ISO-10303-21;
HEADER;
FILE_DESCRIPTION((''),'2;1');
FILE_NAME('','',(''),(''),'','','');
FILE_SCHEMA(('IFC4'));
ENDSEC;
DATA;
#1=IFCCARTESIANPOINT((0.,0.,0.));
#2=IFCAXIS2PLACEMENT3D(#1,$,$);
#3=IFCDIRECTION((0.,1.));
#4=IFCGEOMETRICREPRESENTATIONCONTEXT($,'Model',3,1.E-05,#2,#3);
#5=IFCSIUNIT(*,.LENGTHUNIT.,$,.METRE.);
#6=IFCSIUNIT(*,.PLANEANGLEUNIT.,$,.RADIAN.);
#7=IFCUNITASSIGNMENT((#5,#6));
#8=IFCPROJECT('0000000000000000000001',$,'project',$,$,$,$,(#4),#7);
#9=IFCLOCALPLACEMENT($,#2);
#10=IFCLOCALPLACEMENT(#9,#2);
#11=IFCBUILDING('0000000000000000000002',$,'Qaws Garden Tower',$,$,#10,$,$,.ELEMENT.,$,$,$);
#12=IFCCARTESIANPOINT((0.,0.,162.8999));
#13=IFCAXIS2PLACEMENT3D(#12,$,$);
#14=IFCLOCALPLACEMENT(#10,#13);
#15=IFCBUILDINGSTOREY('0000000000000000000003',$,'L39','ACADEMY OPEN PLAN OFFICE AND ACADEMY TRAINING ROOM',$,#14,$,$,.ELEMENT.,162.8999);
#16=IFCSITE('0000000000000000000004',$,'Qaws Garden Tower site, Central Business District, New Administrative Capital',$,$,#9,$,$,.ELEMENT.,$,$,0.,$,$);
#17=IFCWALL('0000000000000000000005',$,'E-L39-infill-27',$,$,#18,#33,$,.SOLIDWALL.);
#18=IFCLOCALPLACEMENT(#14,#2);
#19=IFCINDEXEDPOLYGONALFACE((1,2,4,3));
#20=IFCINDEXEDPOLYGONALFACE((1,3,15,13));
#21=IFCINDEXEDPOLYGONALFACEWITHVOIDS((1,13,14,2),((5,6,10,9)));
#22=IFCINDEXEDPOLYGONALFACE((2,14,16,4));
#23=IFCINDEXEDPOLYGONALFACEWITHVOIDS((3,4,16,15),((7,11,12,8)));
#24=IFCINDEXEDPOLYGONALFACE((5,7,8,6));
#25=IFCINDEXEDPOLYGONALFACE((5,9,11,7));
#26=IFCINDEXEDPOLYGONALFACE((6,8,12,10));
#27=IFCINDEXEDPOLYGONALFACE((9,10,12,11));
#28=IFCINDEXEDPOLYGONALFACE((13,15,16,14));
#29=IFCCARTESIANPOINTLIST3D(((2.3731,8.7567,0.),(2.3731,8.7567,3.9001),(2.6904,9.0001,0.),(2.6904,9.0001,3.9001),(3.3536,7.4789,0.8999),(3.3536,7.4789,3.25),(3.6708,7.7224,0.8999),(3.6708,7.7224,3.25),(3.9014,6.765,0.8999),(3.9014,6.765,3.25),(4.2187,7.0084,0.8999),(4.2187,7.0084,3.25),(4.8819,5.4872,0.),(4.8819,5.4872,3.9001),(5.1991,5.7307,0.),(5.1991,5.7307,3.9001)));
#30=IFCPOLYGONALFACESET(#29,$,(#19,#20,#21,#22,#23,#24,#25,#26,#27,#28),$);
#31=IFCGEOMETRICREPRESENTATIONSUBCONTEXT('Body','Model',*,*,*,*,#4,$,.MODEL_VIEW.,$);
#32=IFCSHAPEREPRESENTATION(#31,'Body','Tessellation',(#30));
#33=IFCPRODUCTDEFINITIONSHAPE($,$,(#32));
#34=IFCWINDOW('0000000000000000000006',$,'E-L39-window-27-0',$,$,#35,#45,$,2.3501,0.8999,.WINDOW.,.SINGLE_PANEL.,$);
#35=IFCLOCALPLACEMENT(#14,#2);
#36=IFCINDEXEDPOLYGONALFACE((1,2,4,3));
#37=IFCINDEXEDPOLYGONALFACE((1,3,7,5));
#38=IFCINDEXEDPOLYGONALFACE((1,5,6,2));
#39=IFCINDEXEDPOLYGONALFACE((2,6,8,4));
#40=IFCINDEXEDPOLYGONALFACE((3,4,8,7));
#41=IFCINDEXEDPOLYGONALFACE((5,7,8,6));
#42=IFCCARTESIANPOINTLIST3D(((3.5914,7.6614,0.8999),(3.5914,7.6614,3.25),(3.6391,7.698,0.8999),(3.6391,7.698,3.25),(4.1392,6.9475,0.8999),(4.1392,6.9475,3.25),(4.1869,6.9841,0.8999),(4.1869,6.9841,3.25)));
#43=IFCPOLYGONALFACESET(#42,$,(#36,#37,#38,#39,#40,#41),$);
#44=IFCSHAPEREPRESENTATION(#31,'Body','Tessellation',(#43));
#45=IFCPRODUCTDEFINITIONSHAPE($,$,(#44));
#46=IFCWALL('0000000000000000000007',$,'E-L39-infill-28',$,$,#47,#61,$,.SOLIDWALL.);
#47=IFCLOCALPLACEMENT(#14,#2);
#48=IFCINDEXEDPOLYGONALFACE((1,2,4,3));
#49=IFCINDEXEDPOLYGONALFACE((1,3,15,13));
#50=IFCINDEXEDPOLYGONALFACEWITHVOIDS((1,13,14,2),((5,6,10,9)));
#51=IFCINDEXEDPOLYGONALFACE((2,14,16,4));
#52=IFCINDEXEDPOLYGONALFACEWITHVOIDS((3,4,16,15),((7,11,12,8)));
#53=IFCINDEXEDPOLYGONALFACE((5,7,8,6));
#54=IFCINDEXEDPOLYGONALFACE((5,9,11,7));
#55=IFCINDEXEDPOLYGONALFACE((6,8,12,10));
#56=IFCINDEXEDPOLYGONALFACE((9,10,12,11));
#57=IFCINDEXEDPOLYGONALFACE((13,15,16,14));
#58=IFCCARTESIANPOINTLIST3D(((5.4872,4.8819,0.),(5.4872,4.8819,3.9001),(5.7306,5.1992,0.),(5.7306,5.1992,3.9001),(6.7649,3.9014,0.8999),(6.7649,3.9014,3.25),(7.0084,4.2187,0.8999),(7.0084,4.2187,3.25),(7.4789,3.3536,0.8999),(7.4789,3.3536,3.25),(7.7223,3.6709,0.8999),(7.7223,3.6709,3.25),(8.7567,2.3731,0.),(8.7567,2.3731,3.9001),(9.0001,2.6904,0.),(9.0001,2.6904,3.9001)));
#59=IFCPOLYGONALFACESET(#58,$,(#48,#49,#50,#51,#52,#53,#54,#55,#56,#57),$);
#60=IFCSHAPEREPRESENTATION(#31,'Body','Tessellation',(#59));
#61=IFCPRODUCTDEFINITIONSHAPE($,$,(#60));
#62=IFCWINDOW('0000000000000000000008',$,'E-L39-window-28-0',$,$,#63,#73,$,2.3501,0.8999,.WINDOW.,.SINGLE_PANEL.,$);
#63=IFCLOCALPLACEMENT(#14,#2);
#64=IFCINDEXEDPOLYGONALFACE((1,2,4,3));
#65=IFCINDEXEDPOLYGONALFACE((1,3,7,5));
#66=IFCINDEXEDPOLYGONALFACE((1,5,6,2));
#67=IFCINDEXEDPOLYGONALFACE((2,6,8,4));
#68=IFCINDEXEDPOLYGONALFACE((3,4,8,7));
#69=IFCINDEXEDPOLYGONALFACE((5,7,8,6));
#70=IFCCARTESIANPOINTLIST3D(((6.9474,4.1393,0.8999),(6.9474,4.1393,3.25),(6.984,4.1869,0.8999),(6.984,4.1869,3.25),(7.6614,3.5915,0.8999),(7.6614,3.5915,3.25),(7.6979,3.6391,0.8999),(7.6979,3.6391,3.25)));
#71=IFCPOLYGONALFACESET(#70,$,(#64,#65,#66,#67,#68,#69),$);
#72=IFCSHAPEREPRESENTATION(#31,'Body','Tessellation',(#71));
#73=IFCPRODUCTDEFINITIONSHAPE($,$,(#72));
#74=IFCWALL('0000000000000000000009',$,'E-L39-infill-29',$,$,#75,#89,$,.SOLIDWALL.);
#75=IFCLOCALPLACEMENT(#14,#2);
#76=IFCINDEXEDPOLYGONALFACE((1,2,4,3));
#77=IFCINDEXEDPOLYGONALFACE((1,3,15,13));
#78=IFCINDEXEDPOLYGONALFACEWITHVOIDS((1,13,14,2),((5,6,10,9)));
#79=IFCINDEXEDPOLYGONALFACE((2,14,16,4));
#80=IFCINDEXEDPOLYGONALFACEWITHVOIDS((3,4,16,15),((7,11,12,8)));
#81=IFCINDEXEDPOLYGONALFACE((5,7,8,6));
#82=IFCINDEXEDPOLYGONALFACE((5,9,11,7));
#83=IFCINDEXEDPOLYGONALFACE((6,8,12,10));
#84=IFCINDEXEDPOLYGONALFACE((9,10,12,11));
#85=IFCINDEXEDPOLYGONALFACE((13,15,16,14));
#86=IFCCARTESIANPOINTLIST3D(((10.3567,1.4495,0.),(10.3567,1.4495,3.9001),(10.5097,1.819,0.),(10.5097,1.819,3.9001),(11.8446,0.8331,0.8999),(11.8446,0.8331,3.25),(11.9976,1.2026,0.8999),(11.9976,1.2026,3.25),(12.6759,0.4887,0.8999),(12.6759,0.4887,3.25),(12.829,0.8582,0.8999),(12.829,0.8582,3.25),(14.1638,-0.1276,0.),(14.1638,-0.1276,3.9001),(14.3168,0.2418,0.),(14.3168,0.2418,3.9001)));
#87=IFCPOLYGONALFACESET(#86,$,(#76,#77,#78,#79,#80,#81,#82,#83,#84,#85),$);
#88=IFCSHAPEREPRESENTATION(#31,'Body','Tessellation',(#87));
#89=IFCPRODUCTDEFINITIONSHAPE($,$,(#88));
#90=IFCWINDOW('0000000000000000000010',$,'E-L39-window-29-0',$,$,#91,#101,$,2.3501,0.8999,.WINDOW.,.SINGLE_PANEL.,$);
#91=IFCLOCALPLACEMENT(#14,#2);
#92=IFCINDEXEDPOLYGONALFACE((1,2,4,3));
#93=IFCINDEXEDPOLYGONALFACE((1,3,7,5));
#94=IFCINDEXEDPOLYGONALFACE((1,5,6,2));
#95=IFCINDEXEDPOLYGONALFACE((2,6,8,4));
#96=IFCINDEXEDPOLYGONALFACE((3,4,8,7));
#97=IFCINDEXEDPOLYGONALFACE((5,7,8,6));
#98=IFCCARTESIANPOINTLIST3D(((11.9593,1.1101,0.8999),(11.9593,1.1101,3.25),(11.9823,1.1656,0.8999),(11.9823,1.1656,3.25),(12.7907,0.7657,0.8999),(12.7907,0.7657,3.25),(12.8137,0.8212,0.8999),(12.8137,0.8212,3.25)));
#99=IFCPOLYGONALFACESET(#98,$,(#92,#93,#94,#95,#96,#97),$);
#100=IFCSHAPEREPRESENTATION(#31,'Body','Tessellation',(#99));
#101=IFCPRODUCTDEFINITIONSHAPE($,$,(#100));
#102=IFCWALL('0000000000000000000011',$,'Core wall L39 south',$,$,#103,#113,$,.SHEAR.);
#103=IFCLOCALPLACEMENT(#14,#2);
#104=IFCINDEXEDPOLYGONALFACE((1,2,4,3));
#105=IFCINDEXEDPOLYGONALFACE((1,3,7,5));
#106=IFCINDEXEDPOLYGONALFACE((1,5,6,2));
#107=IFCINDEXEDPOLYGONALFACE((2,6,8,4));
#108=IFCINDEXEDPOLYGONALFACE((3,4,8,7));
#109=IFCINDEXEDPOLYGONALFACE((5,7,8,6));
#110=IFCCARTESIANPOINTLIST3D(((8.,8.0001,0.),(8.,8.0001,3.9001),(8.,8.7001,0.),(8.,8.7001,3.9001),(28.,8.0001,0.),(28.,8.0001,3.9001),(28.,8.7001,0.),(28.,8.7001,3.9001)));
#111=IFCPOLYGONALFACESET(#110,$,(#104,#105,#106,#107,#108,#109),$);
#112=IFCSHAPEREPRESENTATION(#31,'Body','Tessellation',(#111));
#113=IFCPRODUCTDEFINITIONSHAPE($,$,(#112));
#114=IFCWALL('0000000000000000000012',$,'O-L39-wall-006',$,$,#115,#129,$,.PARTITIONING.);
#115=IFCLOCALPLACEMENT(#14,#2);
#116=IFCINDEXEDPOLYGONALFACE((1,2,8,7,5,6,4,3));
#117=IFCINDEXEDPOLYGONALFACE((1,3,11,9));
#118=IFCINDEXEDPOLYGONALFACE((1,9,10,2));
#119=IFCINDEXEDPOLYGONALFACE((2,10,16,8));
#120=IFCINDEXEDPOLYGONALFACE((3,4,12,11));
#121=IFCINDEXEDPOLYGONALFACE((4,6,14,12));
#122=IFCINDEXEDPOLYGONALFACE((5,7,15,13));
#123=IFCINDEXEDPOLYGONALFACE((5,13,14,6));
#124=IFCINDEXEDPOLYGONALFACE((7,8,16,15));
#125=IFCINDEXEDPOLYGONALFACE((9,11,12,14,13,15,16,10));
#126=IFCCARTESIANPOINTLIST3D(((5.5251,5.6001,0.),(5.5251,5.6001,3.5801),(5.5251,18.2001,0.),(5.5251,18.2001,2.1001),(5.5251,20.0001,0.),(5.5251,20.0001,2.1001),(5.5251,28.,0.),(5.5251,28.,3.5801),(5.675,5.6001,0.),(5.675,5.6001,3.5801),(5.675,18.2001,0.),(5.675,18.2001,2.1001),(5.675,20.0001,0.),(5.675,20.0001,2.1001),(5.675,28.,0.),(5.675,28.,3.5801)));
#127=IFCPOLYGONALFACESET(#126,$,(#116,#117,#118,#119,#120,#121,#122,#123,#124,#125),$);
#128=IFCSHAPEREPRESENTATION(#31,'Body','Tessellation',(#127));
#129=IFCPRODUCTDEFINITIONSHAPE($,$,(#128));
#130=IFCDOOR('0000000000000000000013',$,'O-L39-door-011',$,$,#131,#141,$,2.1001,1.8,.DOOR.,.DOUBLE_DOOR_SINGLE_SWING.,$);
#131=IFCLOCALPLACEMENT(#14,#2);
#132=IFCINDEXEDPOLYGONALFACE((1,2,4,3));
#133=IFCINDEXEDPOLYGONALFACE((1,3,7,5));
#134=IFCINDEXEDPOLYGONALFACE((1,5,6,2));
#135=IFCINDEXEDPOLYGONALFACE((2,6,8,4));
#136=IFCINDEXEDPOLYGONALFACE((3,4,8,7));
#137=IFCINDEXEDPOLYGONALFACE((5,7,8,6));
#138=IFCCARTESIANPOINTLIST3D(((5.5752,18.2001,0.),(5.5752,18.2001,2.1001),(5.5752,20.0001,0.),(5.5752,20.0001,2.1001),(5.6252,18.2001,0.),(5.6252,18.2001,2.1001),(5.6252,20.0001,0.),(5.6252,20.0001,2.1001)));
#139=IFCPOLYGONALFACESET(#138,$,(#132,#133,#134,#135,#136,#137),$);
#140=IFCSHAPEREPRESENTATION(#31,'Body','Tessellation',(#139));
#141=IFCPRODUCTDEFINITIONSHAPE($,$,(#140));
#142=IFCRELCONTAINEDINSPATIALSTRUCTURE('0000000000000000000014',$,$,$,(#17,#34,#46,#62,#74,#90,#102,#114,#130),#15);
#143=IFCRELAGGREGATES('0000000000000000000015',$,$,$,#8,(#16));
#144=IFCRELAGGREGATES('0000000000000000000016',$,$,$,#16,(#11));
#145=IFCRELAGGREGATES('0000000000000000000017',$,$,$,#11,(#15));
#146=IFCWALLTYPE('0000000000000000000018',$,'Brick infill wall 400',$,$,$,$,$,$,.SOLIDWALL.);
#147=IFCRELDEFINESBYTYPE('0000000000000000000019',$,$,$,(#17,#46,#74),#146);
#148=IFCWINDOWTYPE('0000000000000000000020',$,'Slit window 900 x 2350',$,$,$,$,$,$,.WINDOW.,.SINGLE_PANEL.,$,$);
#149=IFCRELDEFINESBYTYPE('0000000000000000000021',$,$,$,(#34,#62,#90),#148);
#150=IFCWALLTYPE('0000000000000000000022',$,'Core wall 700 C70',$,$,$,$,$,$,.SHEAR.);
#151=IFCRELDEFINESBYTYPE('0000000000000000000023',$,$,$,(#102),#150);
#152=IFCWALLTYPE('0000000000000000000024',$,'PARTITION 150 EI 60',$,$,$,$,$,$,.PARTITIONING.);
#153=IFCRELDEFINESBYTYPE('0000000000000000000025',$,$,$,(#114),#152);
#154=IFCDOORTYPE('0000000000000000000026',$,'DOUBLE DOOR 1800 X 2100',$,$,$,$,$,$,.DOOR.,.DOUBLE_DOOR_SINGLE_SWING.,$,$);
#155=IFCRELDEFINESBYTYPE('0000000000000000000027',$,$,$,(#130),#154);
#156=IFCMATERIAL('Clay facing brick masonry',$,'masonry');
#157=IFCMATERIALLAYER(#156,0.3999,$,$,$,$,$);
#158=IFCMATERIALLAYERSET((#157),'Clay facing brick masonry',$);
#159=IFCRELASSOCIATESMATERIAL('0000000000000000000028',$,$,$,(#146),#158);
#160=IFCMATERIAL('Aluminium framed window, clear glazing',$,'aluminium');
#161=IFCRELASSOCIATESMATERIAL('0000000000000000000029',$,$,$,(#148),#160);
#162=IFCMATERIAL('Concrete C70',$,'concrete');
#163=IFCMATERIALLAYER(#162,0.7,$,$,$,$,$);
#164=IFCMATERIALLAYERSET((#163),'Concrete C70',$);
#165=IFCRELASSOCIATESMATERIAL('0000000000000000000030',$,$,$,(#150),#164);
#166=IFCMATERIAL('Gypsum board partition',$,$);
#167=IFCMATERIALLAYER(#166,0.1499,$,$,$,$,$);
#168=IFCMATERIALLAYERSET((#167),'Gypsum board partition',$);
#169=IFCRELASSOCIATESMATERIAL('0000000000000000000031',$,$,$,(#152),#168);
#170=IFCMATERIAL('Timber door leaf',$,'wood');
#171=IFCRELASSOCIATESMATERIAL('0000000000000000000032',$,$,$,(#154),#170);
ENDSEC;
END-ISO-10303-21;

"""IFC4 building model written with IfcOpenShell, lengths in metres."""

from ifc_helpers import new_model, si_unit, direction, frame, frame_2d, origin, place, context, subcontext, project, spatial, rectangle, extrude, material, layer, layer_set, type_object, element, fill, save


model = new_model("IFC4")

# Units and contexts
model_context = context("Model", 3, precision=1e-05, world=origin(), true_north=direction((0.0, 1.0)))
body_context = subcontext(model_context, "Body", "Model", "MODEL_VIEW")
ifc_project = project(units=[si_unit("LENGTHUNIT", "METRE"), si_unit("PLANEANGLEUNIT", "RADIAN")], contexts=[model_context])

# Site, building, storey
site_placement = place(None, origin())
site = spatial("IfcSite", under=ifc_project, at=site_placement, Name="Qaws Garden Tower site, Central Business District, New Administrative Capital", CompositionType="ELEMENT", RefElevation=0.0)
building_placement = place(site_placement, origin())
building = spatial("IfcBuilding", under=site, at=building_placement, Name="Qaws Garden Tower", CompositionType="ELEMENT")
storey_placement = place(building_placement, frame((0.0, 0.0, 162.8999)))
storey = spatial("IfcBuildingStorey", under=building, at=storey_placement, Name="L39", Description="ACADEMY OPEN PLAN OFFICE AND ACADEMY TRAINING ROOM", CompositionType="ELEMENT", Elevation=162.8999)

# Walls, openings, windows
ifc_material_1 = material(Name="Clay facing brick masonry", Category="masonry")
ifc_layer_1 = layer(ifc_material_1, 0.3999)
ifc_layer_set_1 = layer_set([ifc_layer_1], Name="Clay facing brick masonry")
wall_type_1 = type_object("IfcWallType", Name="Brick infill wall 400", PredefinedType="SOLIDWALL", material=ifc_layer_set_1)
wall_1_placement = place(storey_placement, frame((2.5317, 8.8784, 0.0), z_axis=(0.0, 0.0, 1.0), x_axis=(0.60876, -0.793355, 0.0)))
wall_1 = element("IfcWall", 1, at=wall_1_placement, inside=storey, type_object=wall_type_1, Name="E-L39-infill-27", PredefinedType="SOLIDWALL", context=body_context, shape_type="SweptSolid", body=[
    extrude(rectangle(XDim=4.1211, YDim=0.3999, at=frame_2d((2.0605, 0.0))), origin(), (0.0, 0.0, 1.0), 3.9001),
])
opening_1_placement = place(wall_1_placement, frame((1.6106, 0.0, 0.8999)))
opening_1 = element("IfcOpeningElement", 2, at=opening_1_placement, cuts=wall_1, PredefinedType="OPENING", context=body_context, shape_type="SweptSolid", body=[
    extrude(rectangle(XDim=0.8999, YDim=2.3501, at=frame_2d((0.45, 1.175))), frame((0.0, 0.21, 0.0), z_axis=(0.0, -1.0, 0.0), x_axis=(1.0, 0.0, 0.0)), (0.0, 0.0, 1.0), 0.4199),
])
ifc_material_2 = material(Name="Aluminium framed window, clear glazing", Category="aluminium")
window_type = type_object("IfcWindowType", Name="Slit window 900 x 2350", PartitioningType="SINGLE_PANEL", PredefinedType="WINDOW", material=ifc_material_2)
window_1_placement = place(opening_1_placement, origin())
window_1 = element("IfcWindow", 3, at=window_1_placement, inside=storey, type_object=window_type, Name="E-L39-window-27-0", OverallHeight=2.3501, OverallWidth=0.8999, PartitioningType="SINGLE_PANEL", PredefinedType="WINDOW", context=body_context, shape_type="SweptSolid", body=[
    extrude(rectangle(XDim=0.8999, YDim=2.3501, at=frame_2d((0.45, 1.175))), frame((0.0, 0.1599, 0.0), z_axis=(0.0, -1.0, 0.0), x_axis=(1.0, 0.0, 0.0)), (0.0, 0.0, 1.0), 0.0601),
])
fill(opening_1, window_1)
wall_2_placement = place(storey_placement, frame((5.6089, 5.0405, 0.0), z_axis=(0.0, 0.0, 1.0), x_axis=(0.793355, -0.60876, 0.0)))
wall_2 = element("IfcWall", 4, at=wall_2_placement, inside=storey, type_object=wall_type_1, Name="E-L39-infill-28", PredefinedType="SOLIDWALL", context=body_context, shape_type="SweptSolid", body=[
    extrude(rectangle(XDim=4.1211, YDim=0.3999, at=frame_2d((2.0605, 0.0))), origin(), (0.0, 0.0, 1.0), 3.9001),
])
opening_2_placement = place(wall_2_placement, frame((1.6106, 0.0, 0.8999)))
opening_2 = element("IfcOpeningElement", 5, at=opening_2_placement, cuts=wall_2, PredefinedType="OPENING", context=body_context, shape_type="SweptSolid", body=[
    extrude(rectangle(XDim=0.8999, YDim=2.3501, at=frame_2d((0.45, 1.175))), frame((0.0, 0.21, 0.0), z_axis=(0.0, -1.0, 0.0), x_axis=(1.0, 0.0, 0.0)), (0.0, 0.0, 1.0), 0.4199),
])
window_2_placement = place(opening_2_placement, origin())
window_2 = element("IfcWindow", 6, at=window_2_placement, inside=storey, type_object=window_type, Name="E-L39-window-28-0", OverallHeight=2.3501, OverallWidth=0.8999, PartitioningType="SINGLE_PANEL", PredefinedType="WINDOW", context=body_context, shape_type="SweptSolid", body=[
    extrude(rectangle(XDim=0.8999, YDim=2.3501, at=frame_2d((0.45, 1.175))), frame((0.0, 0.1599, 0.0), z_axis=(0.0, -1.0, 0.0), x_axis=(1.0, 0.0, 0.0)), (0.0, 0.0, 1.0), 0.0601),
])
fill(opening_2, window_2)
wall_3_placement = place(storey_placement, frame((10.4331, 1.6343, 0.0), z_axis=(0.0, 0.0, 1.0), x_axis=(0.923864, -0.382722, 0.0)))
wall_3 = element("IfcWall", 7, at=wall_3_placement, inside=storey, type_object=wall_type_1, Name="E-L39-infill-29", PredefinedType="SOLIDWALL", context=body_context, shape_type="SweptSolid", body=[
    extrude(rectangle(XDim=4.1208, YDim=0.3999, at=frame_2d((2.0605, 0.0))), origin(), (0.0, 0.0, 1.0), 3.9001),
])
opening_3_placement = place(wall_3_placement, frame((1.6106, 0.0, 0.8999)))
opening_3 = element("IfcOpeningElement", 8, at=opening_3_placement, cuts=wall_3, PredefinedType="OPENING", context=body_context, shape_type="SweptSolid", body=[
    extrude(rectangle(XDim=0.8999, YDim=2.3501, at=frame_2d((0.45, 1.175))), frame((0.0, 0.21, 0.0), z_axis=(0.0, -1.0, 0.0), x_axis=(1.0, 0.0, 0.0)), (0.0, 0.0, 1.0), 0.4199),
])
window_3_placement = place(opening_3_placement, origin())
window_3 = element("IfcWindow", 9, at=window_3_placement, inside=storey, type_object=window_type, Name="E-L39-window-29-0", OverallHeight=2.3501, OverallWidth=0.8999, PartitioningType="SINGLE_PANEL", PredefinedType="WINDOW", context=body_context, shape_type="SweptSolid", body=[
    extrude(rectangle(XDim=0.8999, YDim=2.3501, at=frame_2d((0.45, 1.175))), frame((0.0, 0.1599, 0.0), z_axis=(0.0, -1.0, 0.0), x_axis=(1.0, 0.0, 0.0)), (0.0, 0.0, 1.0), 0.0601),
])
fill(opening_3, window_3)

# Wall
ifc_material_3 = material(Name="Concrete C70", Category="concrete")
ifc_layer_2 = layer(ifc_material_3, 0.7)
ifc_layer_set_2 = layer_set([ifc_layer_2], Name="Concrete C70")
wall_type_2 = type_object("IfcWallType", Name="Core wall 700 C70", PredefinedType="SHEAR", material=ifc_layer_set_2)
wall_4_placement = place(storey_placement, frame((8.0, 8.3501, 0.0), z_axis=(0.0, 0.0, 1.0), x_axis=(1.0, 0.0, 0.0)))
element("IfcWall", 10, at=wall_4_placement, inside=storey, type_object=wall_type_2, Name="Core wall L39 south", PredefinedType="SHEAR", context=body_context, shape_type="SweptSolid", body=[
    extrude(rectangle(XDim=20.0, YDim=0.7, at=frame_2d((10.0, 0.0))), origin(), (0.0, 0.0, 1.0), 3.9001),
])

# Wall, opening, door
ifc_material_4 = material(Name="Gypsum board partition")
ifc_layer_3 = layer(ifc_material_4, 0.1499)
ifc_layer_set_3 = layer_set([ifc_layer_3], Name="Gypsum board partition")
wall_type_3 = type_object("IfcWallType", Name="PARTITION 150 EI 60", PredefinedType="PARTITIONING", material=ifc_layer_set_3)
wall_5_placement = place(storey_placement, frame((5.6001, 5.6001, 0.0), z_axis=(0.0, 0.0, 1.0), x_axis=(0.0, 1.0, 0.0)))
wall_5 = element("IfcWall", 11, at=wall_5_placement, inside=storey, type_object=wall_type_3, Name="O-L39-wall-006", PredefinedType="PARTITIONING", context=body_context, shape_type="SweptSolid", body=[
    extrude(rectangle(XDim=22.3999, YDim=0.1499, at=frame_2d((11.2, 0.0))), origin(), (0.0, 0.0, 1.0), 3.5801),
])
opening_4_placement = place(wall_5_placement, frame((12.6001, 0.0, 0.0)))
opening_4 = element("IfcOpeningElement", 12, at=opening_4_placement, cuts=wall_5, PredefinedType="OPENING", context=body_context, shape_type="SweptSolid", body=[
    extrude(rectangle(XDim=1.8, YDim=2.1001, at=frame_2d((0.8999, 1.05))), frame((0.0, 0.085, 0.0), z_axis=(0.0, -1.0, 0.0), x_axis=(1.0, 0.0, 0.0)), (0.0, 0.0, 1.0), 0.1699),
])
ifc_material_5 = material(Name="Timber door leaf", Category="wood")
door_type_1 = type_object("IfcDoorType", Name="DOUBLE DOOR 1800 X 2100", OperationType="DOUBLE_DOOR_SINGLE_SWING", PredefinedType="DOOR", material=ifc_material_5)
door_1_placement = place(opening_4_placement, origin())
door_1 = element("IfcDoor", 13, at=door_1_placement, inside=storey, type_object=door_type_1, Name="O-L39-door-011", OperationType="DOUBLE_DOOR_SINGLE_SWING", OverallHeight=2.1001, OverallWidth=1.8, PredefinedType="DOOR", context=body_context, shape_type="SweptSolid", body=[
    extrude(rectangle(XDim=1.8, YDim=2.1001, at=frame_2d((0.8999, 1.05))), frame((0.0, 0.0249, 0.0), z_axis=(0.0, -1.0, 0.0), x_axis=(1.0, 0.0, 0.0)), (0.0, 0.0, 1.0), 0.05),
])
fill(opening_4, door_1)

save(model, "model.ifc")
